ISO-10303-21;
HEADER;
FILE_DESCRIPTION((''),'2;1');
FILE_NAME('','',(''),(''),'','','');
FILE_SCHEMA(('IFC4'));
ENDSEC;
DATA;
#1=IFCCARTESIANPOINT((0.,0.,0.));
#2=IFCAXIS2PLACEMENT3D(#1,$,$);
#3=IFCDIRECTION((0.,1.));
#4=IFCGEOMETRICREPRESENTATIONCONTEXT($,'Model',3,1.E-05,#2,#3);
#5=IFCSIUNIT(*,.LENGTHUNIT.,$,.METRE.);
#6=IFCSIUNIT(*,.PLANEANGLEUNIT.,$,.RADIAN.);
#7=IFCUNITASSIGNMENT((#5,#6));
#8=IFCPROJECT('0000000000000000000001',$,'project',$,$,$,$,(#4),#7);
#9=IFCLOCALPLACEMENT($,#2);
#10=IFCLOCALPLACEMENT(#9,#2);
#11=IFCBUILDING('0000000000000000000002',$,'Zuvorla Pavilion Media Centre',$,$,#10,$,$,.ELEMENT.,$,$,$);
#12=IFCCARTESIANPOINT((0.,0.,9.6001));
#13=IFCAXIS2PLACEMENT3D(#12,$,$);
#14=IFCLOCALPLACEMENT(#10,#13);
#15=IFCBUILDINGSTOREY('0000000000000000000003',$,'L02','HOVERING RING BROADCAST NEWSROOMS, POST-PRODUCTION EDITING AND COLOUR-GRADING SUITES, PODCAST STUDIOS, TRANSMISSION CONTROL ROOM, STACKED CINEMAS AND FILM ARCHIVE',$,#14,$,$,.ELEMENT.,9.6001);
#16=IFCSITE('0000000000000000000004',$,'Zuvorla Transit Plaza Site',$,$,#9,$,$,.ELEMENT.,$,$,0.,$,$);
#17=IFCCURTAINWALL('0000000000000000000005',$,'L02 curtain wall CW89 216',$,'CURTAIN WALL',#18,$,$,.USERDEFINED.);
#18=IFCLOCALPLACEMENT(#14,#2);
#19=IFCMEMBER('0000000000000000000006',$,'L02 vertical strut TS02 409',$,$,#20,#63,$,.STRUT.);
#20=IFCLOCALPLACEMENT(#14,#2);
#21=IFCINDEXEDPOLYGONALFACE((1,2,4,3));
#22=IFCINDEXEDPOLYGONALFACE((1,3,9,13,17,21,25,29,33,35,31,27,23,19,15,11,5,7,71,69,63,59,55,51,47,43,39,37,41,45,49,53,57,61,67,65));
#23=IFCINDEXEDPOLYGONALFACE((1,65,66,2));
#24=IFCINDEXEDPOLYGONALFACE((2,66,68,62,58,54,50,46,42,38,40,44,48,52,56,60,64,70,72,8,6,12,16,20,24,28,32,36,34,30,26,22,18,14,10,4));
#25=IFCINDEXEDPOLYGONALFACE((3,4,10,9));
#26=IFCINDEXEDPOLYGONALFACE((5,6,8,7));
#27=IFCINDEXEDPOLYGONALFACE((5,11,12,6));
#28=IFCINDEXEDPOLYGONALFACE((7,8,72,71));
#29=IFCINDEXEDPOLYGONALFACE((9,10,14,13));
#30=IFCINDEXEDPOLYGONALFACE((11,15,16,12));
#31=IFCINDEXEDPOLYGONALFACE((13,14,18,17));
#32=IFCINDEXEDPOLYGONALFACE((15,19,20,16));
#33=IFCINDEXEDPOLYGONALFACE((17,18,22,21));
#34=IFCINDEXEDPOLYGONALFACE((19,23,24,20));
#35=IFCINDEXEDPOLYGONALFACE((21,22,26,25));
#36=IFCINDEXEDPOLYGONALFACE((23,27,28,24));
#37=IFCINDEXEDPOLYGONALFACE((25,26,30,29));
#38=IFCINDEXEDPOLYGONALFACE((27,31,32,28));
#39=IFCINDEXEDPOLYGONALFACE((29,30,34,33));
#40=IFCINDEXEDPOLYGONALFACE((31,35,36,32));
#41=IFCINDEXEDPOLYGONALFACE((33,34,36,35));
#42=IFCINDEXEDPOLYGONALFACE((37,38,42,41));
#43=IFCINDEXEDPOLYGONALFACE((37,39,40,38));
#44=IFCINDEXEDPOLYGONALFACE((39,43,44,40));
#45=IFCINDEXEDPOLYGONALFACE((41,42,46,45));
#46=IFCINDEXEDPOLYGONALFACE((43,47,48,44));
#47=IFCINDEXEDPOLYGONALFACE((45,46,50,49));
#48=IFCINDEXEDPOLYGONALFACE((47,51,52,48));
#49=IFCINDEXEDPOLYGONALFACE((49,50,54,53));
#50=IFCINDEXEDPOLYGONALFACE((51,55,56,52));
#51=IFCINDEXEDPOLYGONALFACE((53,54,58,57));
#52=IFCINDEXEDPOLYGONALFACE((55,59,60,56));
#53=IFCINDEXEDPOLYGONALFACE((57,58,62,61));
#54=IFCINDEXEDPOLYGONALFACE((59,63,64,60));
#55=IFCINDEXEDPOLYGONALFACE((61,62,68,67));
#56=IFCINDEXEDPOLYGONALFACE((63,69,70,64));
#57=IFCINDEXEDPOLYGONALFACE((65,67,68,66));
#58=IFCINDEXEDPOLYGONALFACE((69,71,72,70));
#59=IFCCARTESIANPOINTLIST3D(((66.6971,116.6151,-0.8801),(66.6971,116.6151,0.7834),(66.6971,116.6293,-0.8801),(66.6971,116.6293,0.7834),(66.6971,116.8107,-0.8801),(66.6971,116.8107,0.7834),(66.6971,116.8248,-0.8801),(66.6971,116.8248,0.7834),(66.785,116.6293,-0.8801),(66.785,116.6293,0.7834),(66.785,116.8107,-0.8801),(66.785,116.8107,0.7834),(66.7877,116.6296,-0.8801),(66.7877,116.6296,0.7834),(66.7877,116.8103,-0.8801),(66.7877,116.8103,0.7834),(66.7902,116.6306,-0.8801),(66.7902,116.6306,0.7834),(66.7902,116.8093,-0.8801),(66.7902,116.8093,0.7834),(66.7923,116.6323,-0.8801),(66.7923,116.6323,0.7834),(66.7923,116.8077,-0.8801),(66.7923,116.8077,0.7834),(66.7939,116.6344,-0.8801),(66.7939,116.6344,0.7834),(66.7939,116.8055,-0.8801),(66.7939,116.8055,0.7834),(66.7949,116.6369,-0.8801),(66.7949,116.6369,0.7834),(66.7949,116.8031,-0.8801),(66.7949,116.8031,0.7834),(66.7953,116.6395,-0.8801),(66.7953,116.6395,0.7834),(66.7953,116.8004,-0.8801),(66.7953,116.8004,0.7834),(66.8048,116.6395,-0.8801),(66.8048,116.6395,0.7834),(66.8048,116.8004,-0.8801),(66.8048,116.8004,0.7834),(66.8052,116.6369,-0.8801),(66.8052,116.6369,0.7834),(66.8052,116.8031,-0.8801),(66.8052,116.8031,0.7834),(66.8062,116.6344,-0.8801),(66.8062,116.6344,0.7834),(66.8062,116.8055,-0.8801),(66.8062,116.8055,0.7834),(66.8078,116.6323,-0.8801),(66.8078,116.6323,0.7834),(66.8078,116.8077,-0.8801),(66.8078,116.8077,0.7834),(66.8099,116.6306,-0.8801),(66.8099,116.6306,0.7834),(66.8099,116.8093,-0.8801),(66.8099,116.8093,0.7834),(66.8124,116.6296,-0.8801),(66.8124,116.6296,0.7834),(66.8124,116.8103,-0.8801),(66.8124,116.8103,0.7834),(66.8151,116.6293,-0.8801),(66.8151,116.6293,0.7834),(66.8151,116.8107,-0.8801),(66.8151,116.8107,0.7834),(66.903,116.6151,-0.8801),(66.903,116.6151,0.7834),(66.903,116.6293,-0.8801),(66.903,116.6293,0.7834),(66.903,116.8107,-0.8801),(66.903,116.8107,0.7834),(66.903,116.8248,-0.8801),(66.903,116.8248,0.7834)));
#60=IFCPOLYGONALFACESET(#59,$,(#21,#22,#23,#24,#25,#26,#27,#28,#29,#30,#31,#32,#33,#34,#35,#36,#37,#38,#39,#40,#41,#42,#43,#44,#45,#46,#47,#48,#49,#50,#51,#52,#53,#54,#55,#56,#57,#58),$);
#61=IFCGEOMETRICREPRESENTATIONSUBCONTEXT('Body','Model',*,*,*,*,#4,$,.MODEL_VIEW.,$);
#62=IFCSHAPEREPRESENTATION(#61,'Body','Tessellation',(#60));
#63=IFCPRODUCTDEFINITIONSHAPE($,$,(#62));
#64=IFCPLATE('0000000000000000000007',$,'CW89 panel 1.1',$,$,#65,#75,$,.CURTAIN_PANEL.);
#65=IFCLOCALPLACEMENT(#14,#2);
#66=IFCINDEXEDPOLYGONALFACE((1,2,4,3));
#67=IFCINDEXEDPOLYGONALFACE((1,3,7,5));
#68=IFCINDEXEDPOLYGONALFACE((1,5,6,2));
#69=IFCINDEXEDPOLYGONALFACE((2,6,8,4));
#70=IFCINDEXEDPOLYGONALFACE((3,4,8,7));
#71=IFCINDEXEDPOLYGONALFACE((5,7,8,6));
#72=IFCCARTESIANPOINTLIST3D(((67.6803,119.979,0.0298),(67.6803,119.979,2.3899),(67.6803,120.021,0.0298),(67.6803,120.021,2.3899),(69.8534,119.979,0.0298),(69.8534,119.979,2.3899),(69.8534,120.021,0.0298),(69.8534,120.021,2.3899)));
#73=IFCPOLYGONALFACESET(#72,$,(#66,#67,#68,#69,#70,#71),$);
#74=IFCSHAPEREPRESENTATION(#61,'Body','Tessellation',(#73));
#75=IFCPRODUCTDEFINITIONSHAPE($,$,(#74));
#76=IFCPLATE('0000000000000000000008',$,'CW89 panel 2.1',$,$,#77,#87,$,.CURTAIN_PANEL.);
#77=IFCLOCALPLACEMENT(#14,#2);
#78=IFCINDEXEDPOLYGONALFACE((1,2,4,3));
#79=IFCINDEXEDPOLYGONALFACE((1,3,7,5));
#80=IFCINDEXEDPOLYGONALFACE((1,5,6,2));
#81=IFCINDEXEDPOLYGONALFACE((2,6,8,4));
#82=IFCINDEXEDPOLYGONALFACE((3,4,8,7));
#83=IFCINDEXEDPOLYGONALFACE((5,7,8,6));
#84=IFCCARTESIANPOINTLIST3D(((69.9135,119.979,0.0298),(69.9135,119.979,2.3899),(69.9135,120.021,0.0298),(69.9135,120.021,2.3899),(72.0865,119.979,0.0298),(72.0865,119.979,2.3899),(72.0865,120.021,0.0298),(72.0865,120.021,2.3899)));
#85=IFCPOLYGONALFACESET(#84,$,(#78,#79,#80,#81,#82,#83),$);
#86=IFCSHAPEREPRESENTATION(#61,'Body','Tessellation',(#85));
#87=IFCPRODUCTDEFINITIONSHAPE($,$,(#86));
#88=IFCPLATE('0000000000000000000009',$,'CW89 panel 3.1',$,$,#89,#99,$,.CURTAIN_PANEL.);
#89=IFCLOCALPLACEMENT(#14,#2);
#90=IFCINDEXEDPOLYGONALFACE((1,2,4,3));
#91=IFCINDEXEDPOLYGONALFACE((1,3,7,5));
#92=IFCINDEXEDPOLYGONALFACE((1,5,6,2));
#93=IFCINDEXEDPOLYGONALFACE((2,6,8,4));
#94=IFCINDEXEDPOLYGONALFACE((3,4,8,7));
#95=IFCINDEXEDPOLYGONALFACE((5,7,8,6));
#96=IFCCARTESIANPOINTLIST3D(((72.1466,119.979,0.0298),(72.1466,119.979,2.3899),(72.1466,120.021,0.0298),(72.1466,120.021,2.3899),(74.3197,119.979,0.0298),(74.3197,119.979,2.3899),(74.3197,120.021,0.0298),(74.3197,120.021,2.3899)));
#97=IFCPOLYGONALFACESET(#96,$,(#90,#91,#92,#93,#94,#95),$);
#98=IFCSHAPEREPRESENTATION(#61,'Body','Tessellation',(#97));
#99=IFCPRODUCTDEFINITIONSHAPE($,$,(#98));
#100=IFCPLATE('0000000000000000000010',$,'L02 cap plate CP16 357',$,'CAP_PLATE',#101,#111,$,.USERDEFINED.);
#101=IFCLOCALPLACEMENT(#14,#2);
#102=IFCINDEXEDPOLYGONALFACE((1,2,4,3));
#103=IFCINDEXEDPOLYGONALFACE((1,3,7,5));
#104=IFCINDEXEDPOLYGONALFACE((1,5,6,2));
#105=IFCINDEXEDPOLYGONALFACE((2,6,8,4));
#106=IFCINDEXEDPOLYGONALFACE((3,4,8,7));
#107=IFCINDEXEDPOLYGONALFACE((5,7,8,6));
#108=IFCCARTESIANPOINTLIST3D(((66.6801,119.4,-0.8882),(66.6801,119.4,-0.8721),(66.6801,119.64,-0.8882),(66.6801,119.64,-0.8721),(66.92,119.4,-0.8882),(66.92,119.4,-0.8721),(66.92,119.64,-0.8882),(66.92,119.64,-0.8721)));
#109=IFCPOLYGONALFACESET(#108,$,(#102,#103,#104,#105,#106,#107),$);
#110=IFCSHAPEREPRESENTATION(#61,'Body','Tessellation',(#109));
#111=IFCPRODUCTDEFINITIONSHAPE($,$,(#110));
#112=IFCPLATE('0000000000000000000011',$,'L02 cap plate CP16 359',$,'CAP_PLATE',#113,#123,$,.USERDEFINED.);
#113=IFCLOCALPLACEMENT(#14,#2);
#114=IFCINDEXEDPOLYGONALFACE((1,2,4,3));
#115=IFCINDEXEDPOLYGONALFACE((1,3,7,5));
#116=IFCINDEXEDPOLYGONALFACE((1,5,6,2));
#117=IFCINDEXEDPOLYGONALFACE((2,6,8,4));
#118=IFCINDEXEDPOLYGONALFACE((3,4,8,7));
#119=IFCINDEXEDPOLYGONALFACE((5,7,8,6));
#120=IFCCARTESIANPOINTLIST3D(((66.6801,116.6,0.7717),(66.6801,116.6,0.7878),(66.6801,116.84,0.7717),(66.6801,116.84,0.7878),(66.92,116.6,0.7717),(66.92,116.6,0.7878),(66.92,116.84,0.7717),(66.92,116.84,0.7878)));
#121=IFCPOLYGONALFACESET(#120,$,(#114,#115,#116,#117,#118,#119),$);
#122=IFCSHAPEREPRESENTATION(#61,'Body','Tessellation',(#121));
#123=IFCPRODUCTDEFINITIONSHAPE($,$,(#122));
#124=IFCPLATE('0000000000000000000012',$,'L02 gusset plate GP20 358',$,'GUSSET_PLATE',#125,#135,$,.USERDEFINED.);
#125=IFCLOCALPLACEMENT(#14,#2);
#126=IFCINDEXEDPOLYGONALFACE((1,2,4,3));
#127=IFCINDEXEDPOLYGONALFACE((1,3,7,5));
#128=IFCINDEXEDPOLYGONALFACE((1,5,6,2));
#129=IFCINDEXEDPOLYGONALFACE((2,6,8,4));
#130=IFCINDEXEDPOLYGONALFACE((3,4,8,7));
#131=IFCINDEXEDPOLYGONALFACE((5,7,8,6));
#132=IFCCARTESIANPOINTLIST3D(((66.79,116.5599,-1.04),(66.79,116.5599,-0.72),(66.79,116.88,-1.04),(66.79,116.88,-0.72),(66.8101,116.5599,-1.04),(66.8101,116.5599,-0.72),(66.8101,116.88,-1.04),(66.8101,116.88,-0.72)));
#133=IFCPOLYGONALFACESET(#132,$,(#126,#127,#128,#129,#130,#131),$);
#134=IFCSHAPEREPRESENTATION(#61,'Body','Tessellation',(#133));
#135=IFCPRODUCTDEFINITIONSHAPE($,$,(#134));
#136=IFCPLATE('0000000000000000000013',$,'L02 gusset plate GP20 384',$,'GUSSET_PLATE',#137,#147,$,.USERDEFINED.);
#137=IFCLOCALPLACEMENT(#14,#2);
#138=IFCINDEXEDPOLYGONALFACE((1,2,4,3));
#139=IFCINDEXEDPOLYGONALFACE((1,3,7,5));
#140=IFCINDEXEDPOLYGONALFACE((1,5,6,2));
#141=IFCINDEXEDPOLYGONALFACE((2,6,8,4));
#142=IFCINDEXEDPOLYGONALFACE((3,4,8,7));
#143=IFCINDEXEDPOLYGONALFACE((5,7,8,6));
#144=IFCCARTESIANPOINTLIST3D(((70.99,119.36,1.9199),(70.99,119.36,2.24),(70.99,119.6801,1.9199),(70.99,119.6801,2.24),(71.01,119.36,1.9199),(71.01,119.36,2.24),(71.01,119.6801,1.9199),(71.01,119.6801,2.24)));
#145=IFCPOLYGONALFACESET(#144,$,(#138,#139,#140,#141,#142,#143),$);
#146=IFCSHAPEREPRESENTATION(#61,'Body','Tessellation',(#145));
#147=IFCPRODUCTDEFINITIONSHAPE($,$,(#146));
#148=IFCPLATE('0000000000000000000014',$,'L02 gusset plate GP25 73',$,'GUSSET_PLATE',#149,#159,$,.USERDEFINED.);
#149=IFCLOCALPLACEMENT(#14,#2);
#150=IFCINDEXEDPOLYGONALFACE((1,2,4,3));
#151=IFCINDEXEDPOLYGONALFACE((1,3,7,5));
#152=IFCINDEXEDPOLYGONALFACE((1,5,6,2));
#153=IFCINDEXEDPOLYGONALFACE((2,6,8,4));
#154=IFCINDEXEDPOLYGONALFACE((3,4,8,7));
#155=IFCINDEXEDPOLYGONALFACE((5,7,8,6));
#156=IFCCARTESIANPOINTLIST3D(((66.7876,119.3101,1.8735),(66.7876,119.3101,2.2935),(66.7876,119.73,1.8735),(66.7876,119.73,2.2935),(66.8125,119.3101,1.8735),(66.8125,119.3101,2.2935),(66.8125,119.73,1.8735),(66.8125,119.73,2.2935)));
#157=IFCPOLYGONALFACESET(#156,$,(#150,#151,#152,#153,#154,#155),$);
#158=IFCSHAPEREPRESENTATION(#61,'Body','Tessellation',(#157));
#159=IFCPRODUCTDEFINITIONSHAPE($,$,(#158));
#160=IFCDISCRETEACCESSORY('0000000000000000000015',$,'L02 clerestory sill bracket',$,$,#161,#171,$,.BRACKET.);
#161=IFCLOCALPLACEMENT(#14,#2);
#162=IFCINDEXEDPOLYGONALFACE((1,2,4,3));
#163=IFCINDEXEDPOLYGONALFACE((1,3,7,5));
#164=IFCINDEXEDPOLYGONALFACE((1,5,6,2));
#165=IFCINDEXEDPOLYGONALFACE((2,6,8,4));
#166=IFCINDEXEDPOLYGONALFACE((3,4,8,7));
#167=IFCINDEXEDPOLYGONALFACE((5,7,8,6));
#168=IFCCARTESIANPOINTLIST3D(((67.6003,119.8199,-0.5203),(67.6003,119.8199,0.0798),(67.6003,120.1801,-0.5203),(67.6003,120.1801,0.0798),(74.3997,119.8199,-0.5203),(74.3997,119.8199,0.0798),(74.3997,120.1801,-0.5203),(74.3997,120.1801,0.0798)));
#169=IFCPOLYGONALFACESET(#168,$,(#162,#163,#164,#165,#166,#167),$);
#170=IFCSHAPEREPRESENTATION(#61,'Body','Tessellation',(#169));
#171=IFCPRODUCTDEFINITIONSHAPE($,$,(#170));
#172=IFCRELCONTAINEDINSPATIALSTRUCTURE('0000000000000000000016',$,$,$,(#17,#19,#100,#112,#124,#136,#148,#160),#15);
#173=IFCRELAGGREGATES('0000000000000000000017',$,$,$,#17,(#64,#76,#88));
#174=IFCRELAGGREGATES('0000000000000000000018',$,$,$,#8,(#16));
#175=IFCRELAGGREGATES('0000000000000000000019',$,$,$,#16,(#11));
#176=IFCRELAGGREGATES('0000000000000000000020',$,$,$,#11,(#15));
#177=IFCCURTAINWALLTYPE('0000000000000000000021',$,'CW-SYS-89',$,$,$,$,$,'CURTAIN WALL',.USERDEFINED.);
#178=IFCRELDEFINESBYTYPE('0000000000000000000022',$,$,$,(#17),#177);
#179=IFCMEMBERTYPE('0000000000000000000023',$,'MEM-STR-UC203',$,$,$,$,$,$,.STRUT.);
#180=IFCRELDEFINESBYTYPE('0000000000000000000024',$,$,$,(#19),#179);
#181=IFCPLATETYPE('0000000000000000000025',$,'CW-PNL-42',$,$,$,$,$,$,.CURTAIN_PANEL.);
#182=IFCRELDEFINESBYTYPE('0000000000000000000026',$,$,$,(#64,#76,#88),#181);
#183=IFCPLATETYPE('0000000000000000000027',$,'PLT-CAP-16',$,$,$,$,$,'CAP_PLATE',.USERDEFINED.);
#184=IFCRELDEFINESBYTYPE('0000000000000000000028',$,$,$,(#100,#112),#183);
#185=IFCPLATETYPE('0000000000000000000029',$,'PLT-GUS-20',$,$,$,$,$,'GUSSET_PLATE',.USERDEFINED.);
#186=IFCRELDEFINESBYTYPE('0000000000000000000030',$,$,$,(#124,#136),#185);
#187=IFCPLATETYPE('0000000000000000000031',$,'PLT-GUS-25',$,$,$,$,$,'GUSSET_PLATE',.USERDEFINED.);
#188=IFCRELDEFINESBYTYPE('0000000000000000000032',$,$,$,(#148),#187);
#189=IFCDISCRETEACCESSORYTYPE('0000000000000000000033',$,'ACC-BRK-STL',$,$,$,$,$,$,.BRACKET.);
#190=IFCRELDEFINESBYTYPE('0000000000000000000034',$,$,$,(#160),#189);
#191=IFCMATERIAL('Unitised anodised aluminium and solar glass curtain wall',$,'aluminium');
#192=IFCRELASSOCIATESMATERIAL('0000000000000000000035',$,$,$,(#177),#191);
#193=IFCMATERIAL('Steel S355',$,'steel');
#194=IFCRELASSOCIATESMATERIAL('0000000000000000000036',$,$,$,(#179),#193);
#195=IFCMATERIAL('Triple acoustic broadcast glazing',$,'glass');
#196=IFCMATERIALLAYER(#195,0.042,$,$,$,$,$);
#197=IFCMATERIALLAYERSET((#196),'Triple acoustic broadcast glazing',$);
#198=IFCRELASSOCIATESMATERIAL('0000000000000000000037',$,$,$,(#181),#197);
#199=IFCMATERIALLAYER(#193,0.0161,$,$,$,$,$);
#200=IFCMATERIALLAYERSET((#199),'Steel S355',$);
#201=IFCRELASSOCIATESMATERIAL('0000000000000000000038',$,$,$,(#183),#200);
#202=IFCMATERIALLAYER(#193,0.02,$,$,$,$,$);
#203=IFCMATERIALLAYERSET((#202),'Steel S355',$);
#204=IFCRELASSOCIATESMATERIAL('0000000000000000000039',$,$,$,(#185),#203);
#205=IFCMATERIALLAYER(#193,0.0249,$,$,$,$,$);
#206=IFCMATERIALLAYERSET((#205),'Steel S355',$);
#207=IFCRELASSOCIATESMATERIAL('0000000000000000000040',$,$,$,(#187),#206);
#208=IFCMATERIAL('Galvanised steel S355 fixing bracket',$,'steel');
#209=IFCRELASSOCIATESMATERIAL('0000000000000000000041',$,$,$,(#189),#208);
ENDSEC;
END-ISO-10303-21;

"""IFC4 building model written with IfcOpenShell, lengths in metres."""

from ifc_helpers import new_model, si_unit, direction, frame, origin, origin_2d, place, context, subcontext, project, spatial, rectangle, i_section, extrude, material, layer, layer_set, material_profile, profile_set, type_object, element, aggregate, save


model = new_model("IFC4")

# Units and contexts
model_context = context("Model", 3, precision=1e-05, world=origin(), true_north=direction((0.0, 1.0)))
body_context = subcontext(model_context, "Body", "Model", "MODEL_VIEW")
ifc_project = project(units=[si_unit("LENGTHUNIT", "METRE"), si_unit("PLANEANGLEUNIT", "RADIAN")], contexts=[model_context])

# Site, building, storey
site_placement = place(None, origin())
site = spatial("IfcSite", under=ifc_project, at=site_placement, Name="Zuvorla Transit Plaza Site", CompositionType="ELEMENT", RefElevation=0.0)
building_placement = place(site_placement, origin())
building = spatial("IfcBuilding", under=site, at=building_placement, Name="Zuvorla Pavilion Media Centre", CompositionType="ELEMENT")
storey_placement = place(building_placement, frame((0.0, 0.0, 9.6001)))
storey = spatial("IfcBuildingStorey", under=building, at=storey_placement, Name="L02", Description="HOVERING RING BROADCAST NEWSROOMS, POST-PRODUCTION EDITING AND COLOUR-GRADING SUITES, PODCAST STUDIOS, TRANSMISSION CONTROL ROOM, STACKED CINEMAS AND FILM ARCHIVE", CompositionType="ELEMENT", Elevation=9.6001)

# Shared definitions
ifc_material_1 = material(Name="Steel S355", Category="steel")

# Curtain wall
ifc_material_2 = material(Name="Unitised anodised aluminium and solar glass curtain wall", Category="aluminium")
curtain_wall_type = type_object("IfcCurtainWallType", Name="CW-SYS-89", ElementType="CURTAIN WALL", PredefinedType="USERDEFINED", material=ifc_material_2)
curtain_wall_placement = place(storey_placement, origin())
curtain_wall = element("IfcCurtainWall", 1, at=curtain_wall_placement, inside=storey, type_object=curtain_wall_type, Name="L02 curtain wall CW89 216", ObjectType="CURTAIN WALL", PredefinedType="USERDEFINED")

# Member
ifc_material_profile_1 = material_profile(ifc_material_1, i_section(OverallWidth=0.2058, OverallDepth=0.2097, WebThickness=0.0095, FlangeThickness=0.0142, FilletRadius=0.0103, at=origin_2d()), Name="UC 203x203x60")
ifc_profile_set_1 = profile_set([ifc_material_profile_1], Name="Steel S355")
member_type_1 = type_object("IfcMemberType", Name="MEM-STR-UC203", PredefinedType="STRUT", material=ifc_profile_set_1)
member_1_placement = place(storey_placement, frame((66.8, 116.72, -0.8801), z_axis=(0.0, 0.0, 1.0), x_axis=(1.0, 0.0, 0.0)))
element("IfcMember", 2, at=member_1_placement, inside=storey, type_object=member_type_1, Name="L02 vertical strut TS02 409", PredefinedType="STRUT", context=body_context, shape_type="SweptSolid", body=[
    extrude(i_section(OverallWidth=0.2058, OverallDepth=0.2097, WebThickness=0.0095, FlangeThickness=0.0142, FilletRadius=0.0103, at=origin_2d()), origin(), (0.0, 0.0, 1.0), 1.6636),
])

# Plates
ifc_material_3 = material(Name="Triple acoustic broadcast glazing", Category="glass")
ifc_layer_1 = layer(ifc_material_3, 0.042)
ifc_layer_set_1 = layer_set([ifc_layer_1], Name="Triple acoustic broadcast glazing")
plate_type_1 = type_object("IfcPlateType", Name="CW-PNL-42", PredefinedType="CURTAIN_PANEL", material=ifc_layer_set_1)
plate_1_placement = place(storey_placement, frame((68.7668, 120.0, 0.0298), z_axis=(0.0, 0.0, 1.0), x_axis=(1.0, 0.0, 0.0)))
plate_1 = element("IfcPlate", 3, at=plate_1_placement, type_object=plate_type_1, Name="CW89 panel 1.1", PredefinedType="CURTAIN_PANEL", context=body_context, shape_type="SweptSolid", body=[
    extrude(rectangle(XDim=2.1731, YDim=0.042, at=origin_2d()), origin(), (0.0, 0.0, 1.0), 2.3601),
])
plate_2_placement = place(storey_placement, frame((71.0, 120.0, 0.0298), z_axis=(0.0, 0.0, 1.0), x_axis=(1.0, 0.0, 0.0)))
plate_2 = element("IfcPlate", 4, at=plate_2_placement, type_object=plate_type_1, Name="CW89 panel 2.1", PredefinedType="CURTAIN_PANEL", context=body_context, shape_type="SweptSolid", body=[
    extrude(rectangle(XDim=2.1731, YDim=0.042, at=origin_2d()), origin(), (0.0, 0.0, 1.0), 2.3601),
])
plate_3_placement = place(storey_placement, frame((73.2332, 120.0, 0.0298), z_axis=(0.0, 0.0, 1.0), x_axis=(1.0, 0.0, 0.0)))
plate_3 = element("IfcPlate", 5, at=plate_3_placement, type_object=plate_type_1, Name="CW89 panel 3.1", PredefinedType="CURTAIN_PANEL", context=body_context, shape_type="SweptSolid", body=[
    extrude(rectangle(XDim=2.1731, YDim=0.042, at=origin_2d()), origin(), (0.0, 0.0, 1.0), 2.3601),
])
aggregate(curtain_wall, [plate_1, plate_2, plate_3])

# Plates
ifc_layer_2 = layer(ifc_material_1, 0.0161)
ifc_layer_set_2 = layer_set([ifc_layer_2], Name="Steel S355")
plate_type_2 = type_object("IfcPlateType", Name="PLT-CAP-16", ElementType="CAP_PLATE", PredefinedType="USERDEFINED", material=ifc_layer_set_2)
for number, where, z_axis, x_axis, name in (
    (6, (66.8, 119.52, -0.8882), (0.0, 0.0, 1.0), (1.0, 0.0, 0.0), "L02 cap plate CP16 357"),
    (7, (66.8, 116.72, 0.7717), (0.0, 0.0, 1.0), (1.0, 0.0, 0.0), "L02 cap plate CP16 359"),
):
    element("IfcPlate", number, at=place(storey_placement, frame(where, z_axis=z_axis, x_axis=x_axis)), inside=storey, type_object=plate_type_2, Name=name, ObjectType="CAP_PLATE", PredefinedType="USERDEFINED", context=body_context, shape_type="SweptSolid", body=[
        extrude(rectangle(XDim=0.24, YDim=0.24, at=origin_2d()), origin(), (0.0, 0.0, 1.0), 0.0161),
    ])
ifc_layer_3 = layer(ifc_material_1, 0.02)
ifc_layer_set_3 = layer_set([ifc_layer_3], Name="Steel S355")
plate_type_3 = type_object("IfcPlateType", Name="PLT-GUS-20", ElementType="GUSSET_PLATE", PredefinedType="USERDEFINED", material=ifc_layer_set_3)
for number, where, z_axis, x_axis, name in (
    (8, (66.8, 116.72, -1.04), (0.0, 0.0, 1.0), (1.0, 0.0, 0.0), "L02 gusset plate GP20 358"),
    (9, (71.0, 119.52, 1.9199), (0.0, 0.0, 1.0), (1.0, 0.0, 0.0), "L02 gusset plate GP20 384"),
):
    element("IfcPlate", number, at=place(storey_placement, frame(where, z_axis=z_axis, x_axis=x_axis)), inside=storey, type_object=plate_type_3, Name=name, ObjectType="GUSSET_PLATE", PredefinedType="USERDEFINED", context=body_context, shape_type="SweptSolid", body=[
        extrude(rectangle(XDim=0.02, YDim=0.3201, at=origin_2d()), origin(), (0.0, 0.0, 1.0), 0.3201),
    ])
ifc_layer_4 = layer(ifc_material_1, 0.0249)
ifc_layer_set_4 = layer_set([ifc_layer_4], Name="Steel S355")
plate_type_4 = type_object("IfcPlateType", Name="PLT-GUS-25", ElementType="GUSSET_PLATE", PredefinedType="USERDEFINED", material=ifc_layer_set_4)
plate_4_placement = place(storey_placement, frame((66.8, 119.52, 1.8735), z_axis=(0.0, 0.0, 1.0), x_axis=(1.0, 0.0, 0.0)))
element("IfcPlate", 10, at=plate_4_placement, inside=storey, type_object=plate_type_4, Name="L02 gusset plate GP25 73", ObjectType="GUSSET_PLATE", PredefinedType="USERDEFINED", context=body_context, shape_type="SweptSolid", body=[
    extrude(rectangle(XDim=0.0249, YDim=0.4199, at=origin_2d()), origin(), (0.0, 0.0, 1.0), 0.4199),
])

# Discrete accessory
ifc_material_4 = material(Name="Galvanised steel S355 fixing bracket", Category="steel")
discrete_accessory_type = type_object("IfcDiscreteAccessoryType", Name="ACC-BRK-STL", PredefinedType="BRACKET", material=ifc_material_4)
discrete_accessory_placement = place(storey_placement, frame((71.0, 120.0, -0.5203), z_axis=(0.0, 0.0, 1.0), x_axis=(1.0, 0.0, 0.0)))
element("IfcDiscreteAccessory", 11, at=discrete_accessory_placement, inside=storey, type_object=discrete_accessory_type, Name="L02 clerestory sill bracket", PredefinedType="BRACKET", context=body_context, shape_type="SweptSolid", body=[
    extrude(rectangle(XDim=6.7993, YDim=0.3601, at=origin_2d()), origin(), (0.0, 0.0, 1.0), 0.6001),
])

save(model, "model.ifc")
